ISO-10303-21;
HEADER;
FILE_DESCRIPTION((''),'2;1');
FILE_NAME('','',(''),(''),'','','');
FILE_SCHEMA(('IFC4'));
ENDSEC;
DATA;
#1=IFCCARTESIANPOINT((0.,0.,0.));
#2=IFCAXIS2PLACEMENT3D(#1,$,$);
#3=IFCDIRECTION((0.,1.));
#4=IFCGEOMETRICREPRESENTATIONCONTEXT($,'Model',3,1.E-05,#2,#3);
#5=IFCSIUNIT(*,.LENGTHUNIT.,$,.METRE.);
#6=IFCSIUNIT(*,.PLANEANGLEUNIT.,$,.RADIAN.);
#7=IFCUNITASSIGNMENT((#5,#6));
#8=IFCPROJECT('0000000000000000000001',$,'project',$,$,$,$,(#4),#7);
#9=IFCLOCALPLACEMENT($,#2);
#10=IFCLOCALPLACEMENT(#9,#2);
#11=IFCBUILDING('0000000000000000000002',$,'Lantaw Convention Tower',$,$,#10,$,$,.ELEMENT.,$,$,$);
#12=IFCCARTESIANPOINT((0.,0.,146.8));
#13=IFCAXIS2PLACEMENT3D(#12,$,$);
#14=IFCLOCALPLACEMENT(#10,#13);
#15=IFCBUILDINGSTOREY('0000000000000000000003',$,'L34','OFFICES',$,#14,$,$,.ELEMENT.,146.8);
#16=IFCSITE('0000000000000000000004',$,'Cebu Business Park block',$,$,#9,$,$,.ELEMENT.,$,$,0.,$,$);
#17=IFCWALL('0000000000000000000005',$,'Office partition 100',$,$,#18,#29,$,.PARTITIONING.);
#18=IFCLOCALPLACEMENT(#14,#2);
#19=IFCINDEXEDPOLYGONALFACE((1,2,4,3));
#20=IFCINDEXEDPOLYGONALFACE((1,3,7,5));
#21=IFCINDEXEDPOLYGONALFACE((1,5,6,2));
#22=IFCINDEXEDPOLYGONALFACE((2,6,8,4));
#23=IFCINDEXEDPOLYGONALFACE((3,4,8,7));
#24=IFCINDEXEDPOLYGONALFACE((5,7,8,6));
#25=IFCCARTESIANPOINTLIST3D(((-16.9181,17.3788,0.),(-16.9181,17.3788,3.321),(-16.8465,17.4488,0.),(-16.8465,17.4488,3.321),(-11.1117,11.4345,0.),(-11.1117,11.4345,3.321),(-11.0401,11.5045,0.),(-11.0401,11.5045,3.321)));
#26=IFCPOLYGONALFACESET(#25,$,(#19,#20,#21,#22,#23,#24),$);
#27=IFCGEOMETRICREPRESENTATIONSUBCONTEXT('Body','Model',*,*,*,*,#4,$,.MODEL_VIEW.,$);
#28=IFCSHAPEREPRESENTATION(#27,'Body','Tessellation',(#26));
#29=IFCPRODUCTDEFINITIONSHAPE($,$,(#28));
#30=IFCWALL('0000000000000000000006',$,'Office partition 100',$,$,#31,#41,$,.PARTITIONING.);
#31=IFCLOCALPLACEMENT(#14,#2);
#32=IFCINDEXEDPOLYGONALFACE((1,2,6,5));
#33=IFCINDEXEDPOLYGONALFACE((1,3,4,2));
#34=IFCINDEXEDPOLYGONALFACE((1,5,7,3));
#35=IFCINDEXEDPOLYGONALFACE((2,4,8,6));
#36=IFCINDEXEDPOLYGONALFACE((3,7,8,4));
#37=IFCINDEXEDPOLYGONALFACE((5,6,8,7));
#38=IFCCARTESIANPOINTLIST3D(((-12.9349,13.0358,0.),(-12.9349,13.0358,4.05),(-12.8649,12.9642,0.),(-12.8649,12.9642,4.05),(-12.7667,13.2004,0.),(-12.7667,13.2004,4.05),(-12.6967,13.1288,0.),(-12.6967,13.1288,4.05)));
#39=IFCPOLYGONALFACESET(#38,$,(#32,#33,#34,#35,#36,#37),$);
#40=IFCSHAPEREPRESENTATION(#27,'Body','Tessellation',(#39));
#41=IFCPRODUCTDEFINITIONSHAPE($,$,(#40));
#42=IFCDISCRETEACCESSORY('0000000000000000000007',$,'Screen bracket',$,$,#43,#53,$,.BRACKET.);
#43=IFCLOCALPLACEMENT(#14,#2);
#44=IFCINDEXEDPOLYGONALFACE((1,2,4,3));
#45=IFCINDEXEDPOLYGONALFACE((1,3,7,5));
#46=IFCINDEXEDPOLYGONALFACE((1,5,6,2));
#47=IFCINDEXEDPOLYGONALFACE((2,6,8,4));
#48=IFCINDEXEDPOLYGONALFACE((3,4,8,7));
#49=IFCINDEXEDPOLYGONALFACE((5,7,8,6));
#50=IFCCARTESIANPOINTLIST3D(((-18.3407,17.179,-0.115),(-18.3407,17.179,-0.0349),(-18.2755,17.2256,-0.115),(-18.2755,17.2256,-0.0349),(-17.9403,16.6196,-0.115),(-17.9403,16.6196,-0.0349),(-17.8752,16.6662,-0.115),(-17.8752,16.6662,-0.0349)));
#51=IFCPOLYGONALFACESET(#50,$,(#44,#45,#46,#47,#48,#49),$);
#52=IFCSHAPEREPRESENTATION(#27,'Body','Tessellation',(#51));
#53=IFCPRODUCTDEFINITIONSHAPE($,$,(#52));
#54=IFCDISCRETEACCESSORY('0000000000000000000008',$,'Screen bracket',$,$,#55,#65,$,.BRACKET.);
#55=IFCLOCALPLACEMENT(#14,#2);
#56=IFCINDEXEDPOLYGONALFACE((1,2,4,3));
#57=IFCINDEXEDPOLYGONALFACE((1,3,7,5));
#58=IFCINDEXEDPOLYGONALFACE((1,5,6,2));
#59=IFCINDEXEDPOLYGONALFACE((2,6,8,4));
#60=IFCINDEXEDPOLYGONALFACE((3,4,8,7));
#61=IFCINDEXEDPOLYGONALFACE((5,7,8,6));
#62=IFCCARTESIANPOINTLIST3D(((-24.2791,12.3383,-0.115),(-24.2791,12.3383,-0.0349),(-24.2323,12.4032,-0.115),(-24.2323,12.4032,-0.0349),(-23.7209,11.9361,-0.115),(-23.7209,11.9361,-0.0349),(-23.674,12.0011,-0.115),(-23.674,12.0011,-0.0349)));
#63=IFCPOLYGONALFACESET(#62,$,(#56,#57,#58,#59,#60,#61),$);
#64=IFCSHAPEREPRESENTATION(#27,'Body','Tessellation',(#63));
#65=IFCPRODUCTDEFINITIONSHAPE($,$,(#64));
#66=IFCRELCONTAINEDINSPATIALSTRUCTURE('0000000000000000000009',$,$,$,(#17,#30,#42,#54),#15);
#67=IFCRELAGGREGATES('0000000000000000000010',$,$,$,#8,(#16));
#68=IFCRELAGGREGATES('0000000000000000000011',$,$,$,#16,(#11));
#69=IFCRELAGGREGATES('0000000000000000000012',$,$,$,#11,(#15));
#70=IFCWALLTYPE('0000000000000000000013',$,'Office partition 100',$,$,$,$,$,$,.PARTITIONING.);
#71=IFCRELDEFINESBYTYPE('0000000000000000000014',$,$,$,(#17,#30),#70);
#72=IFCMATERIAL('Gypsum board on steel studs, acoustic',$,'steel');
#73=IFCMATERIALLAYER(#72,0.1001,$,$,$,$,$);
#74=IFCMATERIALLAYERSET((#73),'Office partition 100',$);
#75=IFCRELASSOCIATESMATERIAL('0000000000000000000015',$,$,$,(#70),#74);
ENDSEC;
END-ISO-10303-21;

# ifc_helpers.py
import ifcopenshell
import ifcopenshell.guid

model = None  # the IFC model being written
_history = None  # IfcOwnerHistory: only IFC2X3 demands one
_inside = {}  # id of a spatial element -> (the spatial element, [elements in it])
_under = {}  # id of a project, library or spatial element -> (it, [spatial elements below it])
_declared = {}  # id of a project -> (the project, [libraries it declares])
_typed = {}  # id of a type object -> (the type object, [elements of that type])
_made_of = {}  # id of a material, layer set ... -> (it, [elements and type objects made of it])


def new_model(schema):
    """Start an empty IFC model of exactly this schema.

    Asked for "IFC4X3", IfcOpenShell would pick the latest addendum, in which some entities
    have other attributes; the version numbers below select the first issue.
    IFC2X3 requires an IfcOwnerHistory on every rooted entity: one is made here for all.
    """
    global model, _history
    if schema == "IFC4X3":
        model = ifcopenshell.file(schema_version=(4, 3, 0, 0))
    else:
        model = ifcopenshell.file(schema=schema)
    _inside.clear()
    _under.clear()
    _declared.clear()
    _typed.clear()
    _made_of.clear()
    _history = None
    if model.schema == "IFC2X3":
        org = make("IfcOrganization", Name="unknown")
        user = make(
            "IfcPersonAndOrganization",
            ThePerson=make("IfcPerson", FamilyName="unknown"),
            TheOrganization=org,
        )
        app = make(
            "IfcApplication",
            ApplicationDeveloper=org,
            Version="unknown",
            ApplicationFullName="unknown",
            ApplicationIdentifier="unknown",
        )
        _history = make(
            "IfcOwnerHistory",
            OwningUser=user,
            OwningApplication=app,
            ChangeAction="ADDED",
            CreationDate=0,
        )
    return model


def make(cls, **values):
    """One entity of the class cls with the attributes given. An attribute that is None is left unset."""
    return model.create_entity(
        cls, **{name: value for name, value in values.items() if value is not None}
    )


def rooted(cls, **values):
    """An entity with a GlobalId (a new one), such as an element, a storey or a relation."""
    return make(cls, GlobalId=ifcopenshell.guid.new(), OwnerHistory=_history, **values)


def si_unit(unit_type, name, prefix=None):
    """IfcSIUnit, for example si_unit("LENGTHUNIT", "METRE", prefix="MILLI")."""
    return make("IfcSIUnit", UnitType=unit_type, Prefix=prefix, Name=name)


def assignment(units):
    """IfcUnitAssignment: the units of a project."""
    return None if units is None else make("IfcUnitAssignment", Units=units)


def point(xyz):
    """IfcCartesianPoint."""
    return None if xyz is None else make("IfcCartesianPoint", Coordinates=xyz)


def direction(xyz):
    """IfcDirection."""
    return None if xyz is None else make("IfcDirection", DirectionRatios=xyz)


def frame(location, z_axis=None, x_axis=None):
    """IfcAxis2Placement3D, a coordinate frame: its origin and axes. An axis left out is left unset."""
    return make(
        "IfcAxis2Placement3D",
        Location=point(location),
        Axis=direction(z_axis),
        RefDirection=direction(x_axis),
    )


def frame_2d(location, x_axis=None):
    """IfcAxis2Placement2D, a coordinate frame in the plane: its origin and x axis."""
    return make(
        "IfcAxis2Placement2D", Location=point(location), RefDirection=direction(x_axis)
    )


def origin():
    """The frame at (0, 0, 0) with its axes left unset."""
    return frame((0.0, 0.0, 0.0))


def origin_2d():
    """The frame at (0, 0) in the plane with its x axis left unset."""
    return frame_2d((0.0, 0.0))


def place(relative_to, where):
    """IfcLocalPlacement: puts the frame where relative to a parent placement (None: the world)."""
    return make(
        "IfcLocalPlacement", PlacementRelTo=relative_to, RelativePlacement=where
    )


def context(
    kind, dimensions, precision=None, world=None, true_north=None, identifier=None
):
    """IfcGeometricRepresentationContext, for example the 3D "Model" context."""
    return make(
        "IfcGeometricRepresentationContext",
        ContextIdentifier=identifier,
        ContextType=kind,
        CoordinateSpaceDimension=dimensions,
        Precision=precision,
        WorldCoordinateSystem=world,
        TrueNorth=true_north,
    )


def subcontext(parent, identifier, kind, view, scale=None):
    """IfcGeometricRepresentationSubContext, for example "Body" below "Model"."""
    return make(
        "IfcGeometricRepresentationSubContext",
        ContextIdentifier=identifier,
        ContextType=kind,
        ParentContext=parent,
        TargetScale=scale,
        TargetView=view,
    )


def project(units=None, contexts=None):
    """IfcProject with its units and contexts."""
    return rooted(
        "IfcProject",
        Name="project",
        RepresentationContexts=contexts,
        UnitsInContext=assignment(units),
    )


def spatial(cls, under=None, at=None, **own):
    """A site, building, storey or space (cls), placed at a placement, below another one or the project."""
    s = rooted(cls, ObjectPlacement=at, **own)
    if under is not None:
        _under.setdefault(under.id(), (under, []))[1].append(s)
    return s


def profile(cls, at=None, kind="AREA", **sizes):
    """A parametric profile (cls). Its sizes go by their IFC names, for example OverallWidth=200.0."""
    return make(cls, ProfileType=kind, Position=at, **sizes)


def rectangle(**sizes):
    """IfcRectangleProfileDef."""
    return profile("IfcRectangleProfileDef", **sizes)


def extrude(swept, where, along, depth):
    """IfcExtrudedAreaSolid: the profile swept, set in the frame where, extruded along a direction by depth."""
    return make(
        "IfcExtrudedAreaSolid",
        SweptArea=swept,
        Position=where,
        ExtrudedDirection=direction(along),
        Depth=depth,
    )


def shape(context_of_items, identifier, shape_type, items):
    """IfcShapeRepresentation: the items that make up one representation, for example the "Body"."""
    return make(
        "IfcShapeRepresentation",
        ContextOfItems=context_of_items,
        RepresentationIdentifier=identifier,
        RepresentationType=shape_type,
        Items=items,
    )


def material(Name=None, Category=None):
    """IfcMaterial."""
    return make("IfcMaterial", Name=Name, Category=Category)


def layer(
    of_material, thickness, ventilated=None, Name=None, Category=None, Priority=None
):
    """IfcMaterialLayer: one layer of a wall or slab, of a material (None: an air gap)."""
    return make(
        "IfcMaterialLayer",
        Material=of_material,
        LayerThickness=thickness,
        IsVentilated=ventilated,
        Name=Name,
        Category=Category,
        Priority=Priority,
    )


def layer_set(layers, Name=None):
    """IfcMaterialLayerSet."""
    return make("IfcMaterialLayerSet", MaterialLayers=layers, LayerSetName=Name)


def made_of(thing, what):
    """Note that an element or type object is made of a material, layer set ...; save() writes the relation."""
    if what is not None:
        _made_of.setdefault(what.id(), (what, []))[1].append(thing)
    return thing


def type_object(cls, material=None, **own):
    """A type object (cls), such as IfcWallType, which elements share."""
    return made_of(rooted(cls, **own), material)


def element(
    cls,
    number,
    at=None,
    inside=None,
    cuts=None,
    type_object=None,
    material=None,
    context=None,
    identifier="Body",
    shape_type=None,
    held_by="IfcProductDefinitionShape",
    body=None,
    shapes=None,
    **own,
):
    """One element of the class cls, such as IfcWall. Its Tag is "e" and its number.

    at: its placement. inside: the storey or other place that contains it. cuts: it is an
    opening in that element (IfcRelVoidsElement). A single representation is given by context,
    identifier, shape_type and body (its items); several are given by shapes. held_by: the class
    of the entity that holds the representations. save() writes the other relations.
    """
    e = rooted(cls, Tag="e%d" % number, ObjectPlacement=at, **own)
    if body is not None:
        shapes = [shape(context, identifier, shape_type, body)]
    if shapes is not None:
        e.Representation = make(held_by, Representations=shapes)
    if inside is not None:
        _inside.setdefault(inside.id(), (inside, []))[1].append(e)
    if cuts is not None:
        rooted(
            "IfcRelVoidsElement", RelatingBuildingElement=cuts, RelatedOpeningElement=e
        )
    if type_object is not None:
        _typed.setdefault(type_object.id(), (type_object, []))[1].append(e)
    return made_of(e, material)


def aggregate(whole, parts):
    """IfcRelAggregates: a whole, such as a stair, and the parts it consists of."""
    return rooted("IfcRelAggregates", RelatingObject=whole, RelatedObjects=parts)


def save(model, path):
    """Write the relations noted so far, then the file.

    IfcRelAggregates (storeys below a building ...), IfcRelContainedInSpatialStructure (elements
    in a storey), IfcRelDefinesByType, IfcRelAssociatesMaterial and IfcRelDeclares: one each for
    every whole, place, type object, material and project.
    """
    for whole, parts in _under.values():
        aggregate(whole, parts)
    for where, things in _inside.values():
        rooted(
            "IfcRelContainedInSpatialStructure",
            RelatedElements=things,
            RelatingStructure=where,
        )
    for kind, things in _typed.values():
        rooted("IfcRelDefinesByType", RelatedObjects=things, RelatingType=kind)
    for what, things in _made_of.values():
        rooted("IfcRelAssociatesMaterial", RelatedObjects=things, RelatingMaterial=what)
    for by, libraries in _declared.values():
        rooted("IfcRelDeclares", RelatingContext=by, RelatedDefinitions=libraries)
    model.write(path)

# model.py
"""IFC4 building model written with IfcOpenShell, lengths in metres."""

from ifc_helpers import new_model, si_unit, direction, frame, frame_2d, origin, origin_2d, place, context, subcontext, project, spatial, rectangle, extrude, material, layer, layer_set, type_object, element, save


model = new_model("IFC4")

# Units and contexts
model_context = context("Model", 3, precision=1e-05, world=origin(), true_north=direction((0.0, 1.0)))
body_context = subcontext(model_context, "Body", "Model", "MODEL_VIEW")
ifc_project = project(units=[si_unit("LENGTHUNIT", "METRE"), si_unit("PLANEANGLEUNIT", "RADIAN")], contexts=[model_context])

# Site, building, storey
site_placement = place(None, origin())
site = spatial("IfcSite", under=ifc_project, at=site_placement, Name="Cebu Business Park block", CompositionType="ELEMENT", RefElevation=0.0)
building_placement = place(site_placement, origin())
building = spatial("IfcBuilding", under=site, at=building_placement, Name="Lantaw Convention Tower", CompositionType="ELEMENT")
storey_placement = place(building_placement, frame((0.0, 0.0, 146.8)))
storey = spatial("IfcBuildingStorey", under=building, at=storey_placement, Name="L34", Description="OFFICES", CompositionType="ELEMENT", Elevation=146.8)

# Walls
ifc_material_1 = material(Name="Gypsum board on steel studs, acoustic", Category="steel")
ifc_layer_1 = layer(ifc_material_1, 0.1001)
ifc_layer_set_1 = layer_set([ifc_layer_1], Name="Office partition 100")
wall_type_1 = type_object("IfcWallType", Name="Office partition 100", PredefinedType="PARTITIONING", material=ifc_layer_set_1)
wall_1_placement = place(storey_placement, frame((-16.8823, 17.4138, 0.0), z_axis=(0.0, 0.0, 1.0), x_axis=(0.698758, -0.715358, 0.0)))
element("IfcWall", 1, at=wall_1_placement, inside=storey, type_object=wall_type_1, Name="Office partition 100", PredefinedType="PARTITIONING", context=body_context, shape_type="SweptSolid", body=[
    extrude(rectangle(XDim=8.3096, YDim=0.1001, at=frame_2d((4.1548, 0.0))), origin(), (0.0, 0.0, 1.0), 3.321),
])
wall_2_placement = place(storey_placement, frame((-12.8999, 13.0, 0.0), z_axis=(0.0, 0.0, 1.0), x_axis=(0.714845, 0.699283, 0.0)))
element("IfcWall", 2, at=wall_2_placement, inside=storey, type_object=wall_type_1, Name="Office partition 100", PredefinedType="PARTITIONING", context=body_context, shape_type="SweptSolid", body=[
    extrude(rectangle(XDim=0.2354, YDim=0.1001, at=frame_2d((0.1177, 0.0))), origin(), (0.0, 0.0, 1.0), 4.05),
])

# Discrete accessories
for number, where, z_axis, x_axis, name in (
    (3, (-18.1079, 16.9226, -0.115), (0.0, 0.0, 1.0), (-0.813208, -0.581973, 0.0), "Screen bracket"),
    (4, (-23.9766, 12.1697, -0.115), (0.0, 0.0, 1.0), (-0.584513, -0.811385, 0.0), "Screen bracket"),
):
    element("IfcDiscreteAccessory", number, at=place(storey_placement, frame(where, z_axis=z_axis, x_axis=x_axis)), inside=storey, Name=name, PredefinedType="BRACKET", context=body_context, shape_type="SweptSolid", body=[
        extrude(rectangle(XDim=0.0801, YDim=0.688, at=origin_2d()), origin(), (0.0, 0.0, 1.0), 0.0801),
    ])

save(model, "model.ifc")
